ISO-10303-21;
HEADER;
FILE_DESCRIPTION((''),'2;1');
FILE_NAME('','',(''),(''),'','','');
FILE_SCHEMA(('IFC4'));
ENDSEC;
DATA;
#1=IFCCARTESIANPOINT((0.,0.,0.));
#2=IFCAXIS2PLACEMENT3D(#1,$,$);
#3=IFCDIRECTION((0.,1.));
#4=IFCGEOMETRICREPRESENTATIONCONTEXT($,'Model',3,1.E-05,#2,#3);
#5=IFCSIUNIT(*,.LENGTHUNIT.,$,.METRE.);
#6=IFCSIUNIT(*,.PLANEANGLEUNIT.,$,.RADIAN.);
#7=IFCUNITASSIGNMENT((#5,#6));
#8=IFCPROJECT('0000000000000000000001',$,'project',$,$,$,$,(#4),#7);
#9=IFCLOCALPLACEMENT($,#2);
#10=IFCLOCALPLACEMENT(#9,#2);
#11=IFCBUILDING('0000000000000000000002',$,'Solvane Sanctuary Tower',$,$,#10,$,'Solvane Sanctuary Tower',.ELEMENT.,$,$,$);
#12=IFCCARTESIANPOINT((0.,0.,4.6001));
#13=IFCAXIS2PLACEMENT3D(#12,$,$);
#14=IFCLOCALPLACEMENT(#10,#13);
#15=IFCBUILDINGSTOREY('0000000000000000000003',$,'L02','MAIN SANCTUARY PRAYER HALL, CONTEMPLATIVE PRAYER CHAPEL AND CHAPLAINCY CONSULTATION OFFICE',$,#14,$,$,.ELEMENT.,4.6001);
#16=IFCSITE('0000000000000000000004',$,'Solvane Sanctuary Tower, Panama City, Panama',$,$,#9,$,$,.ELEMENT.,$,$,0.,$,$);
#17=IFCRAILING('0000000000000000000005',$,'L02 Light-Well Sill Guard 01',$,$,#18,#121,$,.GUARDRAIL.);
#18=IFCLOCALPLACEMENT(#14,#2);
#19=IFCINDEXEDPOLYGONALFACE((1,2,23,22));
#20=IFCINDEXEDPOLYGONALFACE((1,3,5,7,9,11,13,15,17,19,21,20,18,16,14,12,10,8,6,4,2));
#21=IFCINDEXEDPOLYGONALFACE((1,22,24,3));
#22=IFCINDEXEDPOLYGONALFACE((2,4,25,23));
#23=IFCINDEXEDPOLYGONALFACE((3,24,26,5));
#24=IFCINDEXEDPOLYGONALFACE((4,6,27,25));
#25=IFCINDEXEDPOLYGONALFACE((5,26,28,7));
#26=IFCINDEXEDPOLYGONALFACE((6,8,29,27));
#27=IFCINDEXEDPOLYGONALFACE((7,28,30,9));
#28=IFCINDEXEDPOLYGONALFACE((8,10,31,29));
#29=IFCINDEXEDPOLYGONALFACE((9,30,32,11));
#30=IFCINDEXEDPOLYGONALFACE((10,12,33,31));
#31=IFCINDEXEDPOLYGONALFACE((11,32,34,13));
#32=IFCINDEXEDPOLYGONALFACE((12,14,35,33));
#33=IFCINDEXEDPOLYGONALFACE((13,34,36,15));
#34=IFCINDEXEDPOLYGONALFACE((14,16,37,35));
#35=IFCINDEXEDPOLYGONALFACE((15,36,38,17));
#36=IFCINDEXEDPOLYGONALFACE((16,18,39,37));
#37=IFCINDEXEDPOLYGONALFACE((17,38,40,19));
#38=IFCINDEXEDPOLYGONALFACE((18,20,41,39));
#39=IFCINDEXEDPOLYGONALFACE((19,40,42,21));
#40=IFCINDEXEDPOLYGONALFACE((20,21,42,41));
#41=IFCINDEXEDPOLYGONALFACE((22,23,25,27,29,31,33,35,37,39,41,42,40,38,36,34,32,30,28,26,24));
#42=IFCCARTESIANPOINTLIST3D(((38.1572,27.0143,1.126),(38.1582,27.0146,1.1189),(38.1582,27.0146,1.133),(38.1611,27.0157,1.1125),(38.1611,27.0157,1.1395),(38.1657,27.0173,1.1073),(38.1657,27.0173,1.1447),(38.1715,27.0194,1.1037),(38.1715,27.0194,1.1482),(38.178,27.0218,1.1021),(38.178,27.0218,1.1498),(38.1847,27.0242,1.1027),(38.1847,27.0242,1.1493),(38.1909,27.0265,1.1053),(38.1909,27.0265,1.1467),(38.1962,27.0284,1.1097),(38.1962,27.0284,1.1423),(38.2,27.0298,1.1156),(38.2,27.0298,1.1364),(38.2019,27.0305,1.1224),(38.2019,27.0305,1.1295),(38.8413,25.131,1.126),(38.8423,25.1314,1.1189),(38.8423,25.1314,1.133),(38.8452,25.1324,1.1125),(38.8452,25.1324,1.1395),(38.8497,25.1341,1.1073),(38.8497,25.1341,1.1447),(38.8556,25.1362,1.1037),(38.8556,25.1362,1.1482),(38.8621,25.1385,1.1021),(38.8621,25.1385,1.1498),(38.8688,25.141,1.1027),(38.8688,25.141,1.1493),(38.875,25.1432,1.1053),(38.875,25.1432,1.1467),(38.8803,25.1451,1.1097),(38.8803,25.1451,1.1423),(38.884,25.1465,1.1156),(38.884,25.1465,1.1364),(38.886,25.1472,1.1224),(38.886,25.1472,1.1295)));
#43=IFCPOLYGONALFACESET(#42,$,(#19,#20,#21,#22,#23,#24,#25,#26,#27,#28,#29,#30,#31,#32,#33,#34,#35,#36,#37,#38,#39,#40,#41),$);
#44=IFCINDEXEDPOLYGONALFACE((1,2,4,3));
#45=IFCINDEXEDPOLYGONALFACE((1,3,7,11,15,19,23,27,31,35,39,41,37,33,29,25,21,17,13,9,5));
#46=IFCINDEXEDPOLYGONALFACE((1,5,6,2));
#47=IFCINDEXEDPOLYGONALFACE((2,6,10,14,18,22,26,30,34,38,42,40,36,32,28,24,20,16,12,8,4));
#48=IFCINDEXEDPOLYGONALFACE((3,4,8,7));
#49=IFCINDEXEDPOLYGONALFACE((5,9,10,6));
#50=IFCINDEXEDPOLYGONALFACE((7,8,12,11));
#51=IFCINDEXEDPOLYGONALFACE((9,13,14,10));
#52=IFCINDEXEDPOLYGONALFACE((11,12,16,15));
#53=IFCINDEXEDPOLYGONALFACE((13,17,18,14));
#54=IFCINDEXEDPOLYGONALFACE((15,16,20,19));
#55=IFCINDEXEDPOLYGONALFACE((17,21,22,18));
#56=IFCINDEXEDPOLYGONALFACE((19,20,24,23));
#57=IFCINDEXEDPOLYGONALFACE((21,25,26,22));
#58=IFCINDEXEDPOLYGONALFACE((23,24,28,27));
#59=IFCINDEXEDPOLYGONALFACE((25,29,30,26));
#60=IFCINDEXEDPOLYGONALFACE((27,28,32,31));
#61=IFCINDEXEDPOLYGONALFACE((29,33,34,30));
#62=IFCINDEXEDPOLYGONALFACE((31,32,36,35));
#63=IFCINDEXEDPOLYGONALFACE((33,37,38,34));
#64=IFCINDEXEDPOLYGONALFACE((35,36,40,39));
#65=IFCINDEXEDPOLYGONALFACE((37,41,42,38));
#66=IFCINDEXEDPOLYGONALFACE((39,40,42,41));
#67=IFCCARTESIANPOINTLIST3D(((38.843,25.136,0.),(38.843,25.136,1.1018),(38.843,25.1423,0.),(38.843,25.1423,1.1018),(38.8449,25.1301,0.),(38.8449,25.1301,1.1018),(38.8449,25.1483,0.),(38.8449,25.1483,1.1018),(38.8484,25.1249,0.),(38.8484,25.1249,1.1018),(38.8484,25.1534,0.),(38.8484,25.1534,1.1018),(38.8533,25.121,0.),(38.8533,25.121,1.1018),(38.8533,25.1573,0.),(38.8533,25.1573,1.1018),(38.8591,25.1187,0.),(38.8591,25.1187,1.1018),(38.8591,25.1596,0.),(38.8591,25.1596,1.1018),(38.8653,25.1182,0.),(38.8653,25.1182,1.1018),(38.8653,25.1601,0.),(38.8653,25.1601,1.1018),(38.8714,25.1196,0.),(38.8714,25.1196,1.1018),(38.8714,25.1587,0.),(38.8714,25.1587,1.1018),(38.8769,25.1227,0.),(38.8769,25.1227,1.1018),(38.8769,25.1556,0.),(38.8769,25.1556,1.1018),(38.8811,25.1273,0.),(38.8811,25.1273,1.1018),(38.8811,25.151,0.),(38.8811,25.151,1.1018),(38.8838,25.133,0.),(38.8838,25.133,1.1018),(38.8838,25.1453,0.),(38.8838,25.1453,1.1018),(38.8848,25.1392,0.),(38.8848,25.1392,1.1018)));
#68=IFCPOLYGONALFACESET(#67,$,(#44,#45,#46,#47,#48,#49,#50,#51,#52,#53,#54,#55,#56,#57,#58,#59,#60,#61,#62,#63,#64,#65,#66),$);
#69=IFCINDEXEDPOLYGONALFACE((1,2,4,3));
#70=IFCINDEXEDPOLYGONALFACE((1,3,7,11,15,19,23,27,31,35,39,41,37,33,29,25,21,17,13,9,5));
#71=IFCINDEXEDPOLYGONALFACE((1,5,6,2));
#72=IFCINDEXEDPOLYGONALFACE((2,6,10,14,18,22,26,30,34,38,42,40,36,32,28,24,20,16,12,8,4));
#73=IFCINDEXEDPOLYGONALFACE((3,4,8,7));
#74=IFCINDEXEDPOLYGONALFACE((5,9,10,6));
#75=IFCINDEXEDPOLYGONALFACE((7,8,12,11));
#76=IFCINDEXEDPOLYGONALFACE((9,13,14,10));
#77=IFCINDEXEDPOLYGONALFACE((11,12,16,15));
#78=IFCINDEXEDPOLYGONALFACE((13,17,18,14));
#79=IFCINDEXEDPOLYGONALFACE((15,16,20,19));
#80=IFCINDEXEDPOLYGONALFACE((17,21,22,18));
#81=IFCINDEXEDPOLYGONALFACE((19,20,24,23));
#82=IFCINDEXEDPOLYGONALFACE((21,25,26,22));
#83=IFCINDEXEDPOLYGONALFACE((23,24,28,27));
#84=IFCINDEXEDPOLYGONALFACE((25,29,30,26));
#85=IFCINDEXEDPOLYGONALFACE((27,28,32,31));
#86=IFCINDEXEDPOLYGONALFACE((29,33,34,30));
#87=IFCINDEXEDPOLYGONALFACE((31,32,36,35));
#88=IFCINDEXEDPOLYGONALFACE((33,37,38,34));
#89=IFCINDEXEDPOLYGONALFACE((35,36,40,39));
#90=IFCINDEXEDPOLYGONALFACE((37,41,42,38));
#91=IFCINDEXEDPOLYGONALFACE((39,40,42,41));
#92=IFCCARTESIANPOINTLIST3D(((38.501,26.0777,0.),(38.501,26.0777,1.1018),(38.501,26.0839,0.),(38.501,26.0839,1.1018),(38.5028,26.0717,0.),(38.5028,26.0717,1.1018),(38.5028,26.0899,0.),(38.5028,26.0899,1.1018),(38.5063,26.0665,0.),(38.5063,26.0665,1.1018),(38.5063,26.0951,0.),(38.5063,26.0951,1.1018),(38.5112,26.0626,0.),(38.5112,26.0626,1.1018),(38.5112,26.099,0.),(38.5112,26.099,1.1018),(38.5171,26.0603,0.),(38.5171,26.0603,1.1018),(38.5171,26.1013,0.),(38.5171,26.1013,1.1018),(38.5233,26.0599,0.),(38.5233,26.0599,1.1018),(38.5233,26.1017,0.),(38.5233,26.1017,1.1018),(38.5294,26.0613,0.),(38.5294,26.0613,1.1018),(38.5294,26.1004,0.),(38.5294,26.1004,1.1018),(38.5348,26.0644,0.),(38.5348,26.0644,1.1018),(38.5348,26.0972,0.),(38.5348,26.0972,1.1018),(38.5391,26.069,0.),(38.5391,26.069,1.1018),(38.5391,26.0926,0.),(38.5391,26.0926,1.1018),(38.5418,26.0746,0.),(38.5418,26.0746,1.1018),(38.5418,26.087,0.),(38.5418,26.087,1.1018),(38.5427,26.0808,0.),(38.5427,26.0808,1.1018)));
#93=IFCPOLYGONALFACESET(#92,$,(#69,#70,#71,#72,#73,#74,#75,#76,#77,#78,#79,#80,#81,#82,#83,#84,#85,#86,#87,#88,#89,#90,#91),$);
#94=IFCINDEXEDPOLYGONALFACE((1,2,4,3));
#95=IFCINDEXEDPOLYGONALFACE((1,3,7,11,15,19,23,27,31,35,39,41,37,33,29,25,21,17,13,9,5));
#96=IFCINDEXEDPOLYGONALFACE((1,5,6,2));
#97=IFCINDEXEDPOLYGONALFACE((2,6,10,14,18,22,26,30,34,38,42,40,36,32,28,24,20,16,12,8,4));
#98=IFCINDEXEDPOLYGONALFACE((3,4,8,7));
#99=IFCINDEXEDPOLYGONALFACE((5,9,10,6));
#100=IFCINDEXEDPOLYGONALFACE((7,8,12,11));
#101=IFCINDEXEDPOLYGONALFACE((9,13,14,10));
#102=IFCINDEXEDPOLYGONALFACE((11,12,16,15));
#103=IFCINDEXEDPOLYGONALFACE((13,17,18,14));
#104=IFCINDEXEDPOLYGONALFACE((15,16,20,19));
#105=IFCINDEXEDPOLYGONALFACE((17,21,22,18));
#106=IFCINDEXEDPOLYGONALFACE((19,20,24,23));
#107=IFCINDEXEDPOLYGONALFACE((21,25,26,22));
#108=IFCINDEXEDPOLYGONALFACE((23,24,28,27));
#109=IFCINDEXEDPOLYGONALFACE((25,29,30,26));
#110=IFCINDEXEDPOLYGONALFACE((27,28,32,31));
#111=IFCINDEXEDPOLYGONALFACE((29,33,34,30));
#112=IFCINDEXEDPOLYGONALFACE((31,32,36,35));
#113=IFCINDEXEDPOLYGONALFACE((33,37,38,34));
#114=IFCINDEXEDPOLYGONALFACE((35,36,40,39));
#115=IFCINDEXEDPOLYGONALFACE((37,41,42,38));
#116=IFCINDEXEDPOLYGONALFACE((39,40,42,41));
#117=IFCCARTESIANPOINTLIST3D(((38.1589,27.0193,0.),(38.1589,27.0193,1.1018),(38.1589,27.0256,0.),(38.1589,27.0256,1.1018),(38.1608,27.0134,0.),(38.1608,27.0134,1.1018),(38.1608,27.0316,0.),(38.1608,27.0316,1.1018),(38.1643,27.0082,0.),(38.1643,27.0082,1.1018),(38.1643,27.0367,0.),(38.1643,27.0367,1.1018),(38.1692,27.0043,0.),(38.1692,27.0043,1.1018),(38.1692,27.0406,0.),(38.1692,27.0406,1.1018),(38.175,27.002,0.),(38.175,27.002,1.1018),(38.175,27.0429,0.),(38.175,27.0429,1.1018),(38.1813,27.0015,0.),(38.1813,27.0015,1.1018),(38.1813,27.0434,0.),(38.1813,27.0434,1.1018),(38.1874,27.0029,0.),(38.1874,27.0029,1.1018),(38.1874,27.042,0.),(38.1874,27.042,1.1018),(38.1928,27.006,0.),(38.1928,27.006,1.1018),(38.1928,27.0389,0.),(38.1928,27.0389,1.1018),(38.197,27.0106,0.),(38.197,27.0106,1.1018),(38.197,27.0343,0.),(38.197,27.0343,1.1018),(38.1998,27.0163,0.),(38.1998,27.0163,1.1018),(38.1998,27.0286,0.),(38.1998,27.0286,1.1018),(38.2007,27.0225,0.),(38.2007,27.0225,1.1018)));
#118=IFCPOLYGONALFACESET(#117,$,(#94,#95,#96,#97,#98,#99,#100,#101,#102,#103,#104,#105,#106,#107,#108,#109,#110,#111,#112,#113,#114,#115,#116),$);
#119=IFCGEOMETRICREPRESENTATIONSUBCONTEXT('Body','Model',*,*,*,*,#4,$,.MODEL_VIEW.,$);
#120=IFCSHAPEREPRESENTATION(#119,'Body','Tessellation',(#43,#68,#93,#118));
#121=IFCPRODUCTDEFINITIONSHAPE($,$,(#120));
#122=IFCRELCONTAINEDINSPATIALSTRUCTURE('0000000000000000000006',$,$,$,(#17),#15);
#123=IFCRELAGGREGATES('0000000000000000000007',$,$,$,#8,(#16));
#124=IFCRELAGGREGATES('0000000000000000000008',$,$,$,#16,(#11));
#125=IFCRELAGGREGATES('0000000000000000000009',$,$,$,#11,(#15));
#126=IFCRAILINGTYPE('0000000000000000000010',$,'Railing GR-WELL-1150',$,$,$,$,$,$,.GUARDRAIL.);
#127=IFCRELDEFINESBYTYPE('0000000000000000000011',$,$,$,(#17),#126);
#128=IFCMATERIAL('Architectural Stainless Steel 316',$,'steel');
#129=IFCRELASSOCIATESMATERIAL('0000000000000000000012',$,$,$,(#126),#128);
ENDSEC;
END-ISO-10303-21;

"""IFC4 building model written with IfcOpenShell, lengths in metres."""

from ifc_helpers import new_model, si_unit, direction, frame, origin, origin_2d, place, context, subcontext, project, spatial, circle, extrude, material, type_object, element, save


model = new_model("IFC4")

# Units and contexts
model_context = context("Model", 3, precision=1e-05, world=origin(), true_north=direction((0.0, 1.0)))
body_context = subcontext(model_context, "Body", "Model", "MODEL_VIEW")
ifc_project = project(units=[si_unit("LENGTHUNIT", "METRE"), si_unit("PLANEANGLEUNIT", "RADIAN")], contexts=[model_context])

# Site, building, storey
site_placement = place(None, origin())
site = spatial("IfcSite", under=ifc_project, at=site_placement, Name="Solvane Sanctuary Tower, Panama City, Panama", CompositionType="ELEMENT", RefElevation=0.0)
building_placement = place(site_placement, origin())
building = spatial("IfcBuilding", under=site, at=building_placement, Name="Solvane Sanctuary Tower", LongName="Solvane Sanctuary Tower", CompositionType="ELEMENT")
storey_placement = place(building_placement, frame((0.0, 0.0, 4.6001)))
storey = spatial("IfcBuildingStorey", under=building, at=storey_placement, Name="L02", Description="MAIN SANCTUARY PRAYER HALL, CONTEMPLATIVE PRAYER CHAPEL AND CHAPLAINCY CONSULTATION OFFICE", CompositionType="ELEMENT", Elevation=4.6001)

# Shared definitions
ifc_material_1 = material(Name="Architectural Stainless Steel 316", Category="steel")

# Railing
railing_type = type_object("IfcRailingType", Name="Railing GR-WELL-1150", PredefinedType="GUARDRAIL", material=ifc_material_1)
railing_1_placement = place(storey_placement, frame((38.8638, 25.1392, 0.0)))
element("IfcRailing", 1, at=railing_1_placement, inside=storey, type_object=railing_type, Name="L02 Light-Well Sill Guard 01", PredefinedType="GUARDRAIL", context=body_context, shape_type="SweptSolid", body=[
    extrude(circle(Radius=0.0239, at=origin_2d()), frame((0.0, 0.0, 1.126), z_axis=(-0.34141, 0.939914, 0.0), x_axis=(-0.939914, -0.34141, 0.0)), (0.0, 0.0, 1.0), 2.0037),
    extrude(circle(Radius=0.021, at=origin_2d()), origin(), (0.0, 0.0, 1.0), 1.1018),
    extrude(circle(Radius=0.021, at=origin_2d()), frame((-0.342, 0.9417, 0.0)), (0.0, 0.0, 1.0), 1.1018),
    extrude(circle(Radius=0.021, at=origin_2d()), frame((-0.6841, 1.8833, 0.0)), (0.0, 0.0, 1.0), 1.1018),
])

save(model, "model.ifc")
